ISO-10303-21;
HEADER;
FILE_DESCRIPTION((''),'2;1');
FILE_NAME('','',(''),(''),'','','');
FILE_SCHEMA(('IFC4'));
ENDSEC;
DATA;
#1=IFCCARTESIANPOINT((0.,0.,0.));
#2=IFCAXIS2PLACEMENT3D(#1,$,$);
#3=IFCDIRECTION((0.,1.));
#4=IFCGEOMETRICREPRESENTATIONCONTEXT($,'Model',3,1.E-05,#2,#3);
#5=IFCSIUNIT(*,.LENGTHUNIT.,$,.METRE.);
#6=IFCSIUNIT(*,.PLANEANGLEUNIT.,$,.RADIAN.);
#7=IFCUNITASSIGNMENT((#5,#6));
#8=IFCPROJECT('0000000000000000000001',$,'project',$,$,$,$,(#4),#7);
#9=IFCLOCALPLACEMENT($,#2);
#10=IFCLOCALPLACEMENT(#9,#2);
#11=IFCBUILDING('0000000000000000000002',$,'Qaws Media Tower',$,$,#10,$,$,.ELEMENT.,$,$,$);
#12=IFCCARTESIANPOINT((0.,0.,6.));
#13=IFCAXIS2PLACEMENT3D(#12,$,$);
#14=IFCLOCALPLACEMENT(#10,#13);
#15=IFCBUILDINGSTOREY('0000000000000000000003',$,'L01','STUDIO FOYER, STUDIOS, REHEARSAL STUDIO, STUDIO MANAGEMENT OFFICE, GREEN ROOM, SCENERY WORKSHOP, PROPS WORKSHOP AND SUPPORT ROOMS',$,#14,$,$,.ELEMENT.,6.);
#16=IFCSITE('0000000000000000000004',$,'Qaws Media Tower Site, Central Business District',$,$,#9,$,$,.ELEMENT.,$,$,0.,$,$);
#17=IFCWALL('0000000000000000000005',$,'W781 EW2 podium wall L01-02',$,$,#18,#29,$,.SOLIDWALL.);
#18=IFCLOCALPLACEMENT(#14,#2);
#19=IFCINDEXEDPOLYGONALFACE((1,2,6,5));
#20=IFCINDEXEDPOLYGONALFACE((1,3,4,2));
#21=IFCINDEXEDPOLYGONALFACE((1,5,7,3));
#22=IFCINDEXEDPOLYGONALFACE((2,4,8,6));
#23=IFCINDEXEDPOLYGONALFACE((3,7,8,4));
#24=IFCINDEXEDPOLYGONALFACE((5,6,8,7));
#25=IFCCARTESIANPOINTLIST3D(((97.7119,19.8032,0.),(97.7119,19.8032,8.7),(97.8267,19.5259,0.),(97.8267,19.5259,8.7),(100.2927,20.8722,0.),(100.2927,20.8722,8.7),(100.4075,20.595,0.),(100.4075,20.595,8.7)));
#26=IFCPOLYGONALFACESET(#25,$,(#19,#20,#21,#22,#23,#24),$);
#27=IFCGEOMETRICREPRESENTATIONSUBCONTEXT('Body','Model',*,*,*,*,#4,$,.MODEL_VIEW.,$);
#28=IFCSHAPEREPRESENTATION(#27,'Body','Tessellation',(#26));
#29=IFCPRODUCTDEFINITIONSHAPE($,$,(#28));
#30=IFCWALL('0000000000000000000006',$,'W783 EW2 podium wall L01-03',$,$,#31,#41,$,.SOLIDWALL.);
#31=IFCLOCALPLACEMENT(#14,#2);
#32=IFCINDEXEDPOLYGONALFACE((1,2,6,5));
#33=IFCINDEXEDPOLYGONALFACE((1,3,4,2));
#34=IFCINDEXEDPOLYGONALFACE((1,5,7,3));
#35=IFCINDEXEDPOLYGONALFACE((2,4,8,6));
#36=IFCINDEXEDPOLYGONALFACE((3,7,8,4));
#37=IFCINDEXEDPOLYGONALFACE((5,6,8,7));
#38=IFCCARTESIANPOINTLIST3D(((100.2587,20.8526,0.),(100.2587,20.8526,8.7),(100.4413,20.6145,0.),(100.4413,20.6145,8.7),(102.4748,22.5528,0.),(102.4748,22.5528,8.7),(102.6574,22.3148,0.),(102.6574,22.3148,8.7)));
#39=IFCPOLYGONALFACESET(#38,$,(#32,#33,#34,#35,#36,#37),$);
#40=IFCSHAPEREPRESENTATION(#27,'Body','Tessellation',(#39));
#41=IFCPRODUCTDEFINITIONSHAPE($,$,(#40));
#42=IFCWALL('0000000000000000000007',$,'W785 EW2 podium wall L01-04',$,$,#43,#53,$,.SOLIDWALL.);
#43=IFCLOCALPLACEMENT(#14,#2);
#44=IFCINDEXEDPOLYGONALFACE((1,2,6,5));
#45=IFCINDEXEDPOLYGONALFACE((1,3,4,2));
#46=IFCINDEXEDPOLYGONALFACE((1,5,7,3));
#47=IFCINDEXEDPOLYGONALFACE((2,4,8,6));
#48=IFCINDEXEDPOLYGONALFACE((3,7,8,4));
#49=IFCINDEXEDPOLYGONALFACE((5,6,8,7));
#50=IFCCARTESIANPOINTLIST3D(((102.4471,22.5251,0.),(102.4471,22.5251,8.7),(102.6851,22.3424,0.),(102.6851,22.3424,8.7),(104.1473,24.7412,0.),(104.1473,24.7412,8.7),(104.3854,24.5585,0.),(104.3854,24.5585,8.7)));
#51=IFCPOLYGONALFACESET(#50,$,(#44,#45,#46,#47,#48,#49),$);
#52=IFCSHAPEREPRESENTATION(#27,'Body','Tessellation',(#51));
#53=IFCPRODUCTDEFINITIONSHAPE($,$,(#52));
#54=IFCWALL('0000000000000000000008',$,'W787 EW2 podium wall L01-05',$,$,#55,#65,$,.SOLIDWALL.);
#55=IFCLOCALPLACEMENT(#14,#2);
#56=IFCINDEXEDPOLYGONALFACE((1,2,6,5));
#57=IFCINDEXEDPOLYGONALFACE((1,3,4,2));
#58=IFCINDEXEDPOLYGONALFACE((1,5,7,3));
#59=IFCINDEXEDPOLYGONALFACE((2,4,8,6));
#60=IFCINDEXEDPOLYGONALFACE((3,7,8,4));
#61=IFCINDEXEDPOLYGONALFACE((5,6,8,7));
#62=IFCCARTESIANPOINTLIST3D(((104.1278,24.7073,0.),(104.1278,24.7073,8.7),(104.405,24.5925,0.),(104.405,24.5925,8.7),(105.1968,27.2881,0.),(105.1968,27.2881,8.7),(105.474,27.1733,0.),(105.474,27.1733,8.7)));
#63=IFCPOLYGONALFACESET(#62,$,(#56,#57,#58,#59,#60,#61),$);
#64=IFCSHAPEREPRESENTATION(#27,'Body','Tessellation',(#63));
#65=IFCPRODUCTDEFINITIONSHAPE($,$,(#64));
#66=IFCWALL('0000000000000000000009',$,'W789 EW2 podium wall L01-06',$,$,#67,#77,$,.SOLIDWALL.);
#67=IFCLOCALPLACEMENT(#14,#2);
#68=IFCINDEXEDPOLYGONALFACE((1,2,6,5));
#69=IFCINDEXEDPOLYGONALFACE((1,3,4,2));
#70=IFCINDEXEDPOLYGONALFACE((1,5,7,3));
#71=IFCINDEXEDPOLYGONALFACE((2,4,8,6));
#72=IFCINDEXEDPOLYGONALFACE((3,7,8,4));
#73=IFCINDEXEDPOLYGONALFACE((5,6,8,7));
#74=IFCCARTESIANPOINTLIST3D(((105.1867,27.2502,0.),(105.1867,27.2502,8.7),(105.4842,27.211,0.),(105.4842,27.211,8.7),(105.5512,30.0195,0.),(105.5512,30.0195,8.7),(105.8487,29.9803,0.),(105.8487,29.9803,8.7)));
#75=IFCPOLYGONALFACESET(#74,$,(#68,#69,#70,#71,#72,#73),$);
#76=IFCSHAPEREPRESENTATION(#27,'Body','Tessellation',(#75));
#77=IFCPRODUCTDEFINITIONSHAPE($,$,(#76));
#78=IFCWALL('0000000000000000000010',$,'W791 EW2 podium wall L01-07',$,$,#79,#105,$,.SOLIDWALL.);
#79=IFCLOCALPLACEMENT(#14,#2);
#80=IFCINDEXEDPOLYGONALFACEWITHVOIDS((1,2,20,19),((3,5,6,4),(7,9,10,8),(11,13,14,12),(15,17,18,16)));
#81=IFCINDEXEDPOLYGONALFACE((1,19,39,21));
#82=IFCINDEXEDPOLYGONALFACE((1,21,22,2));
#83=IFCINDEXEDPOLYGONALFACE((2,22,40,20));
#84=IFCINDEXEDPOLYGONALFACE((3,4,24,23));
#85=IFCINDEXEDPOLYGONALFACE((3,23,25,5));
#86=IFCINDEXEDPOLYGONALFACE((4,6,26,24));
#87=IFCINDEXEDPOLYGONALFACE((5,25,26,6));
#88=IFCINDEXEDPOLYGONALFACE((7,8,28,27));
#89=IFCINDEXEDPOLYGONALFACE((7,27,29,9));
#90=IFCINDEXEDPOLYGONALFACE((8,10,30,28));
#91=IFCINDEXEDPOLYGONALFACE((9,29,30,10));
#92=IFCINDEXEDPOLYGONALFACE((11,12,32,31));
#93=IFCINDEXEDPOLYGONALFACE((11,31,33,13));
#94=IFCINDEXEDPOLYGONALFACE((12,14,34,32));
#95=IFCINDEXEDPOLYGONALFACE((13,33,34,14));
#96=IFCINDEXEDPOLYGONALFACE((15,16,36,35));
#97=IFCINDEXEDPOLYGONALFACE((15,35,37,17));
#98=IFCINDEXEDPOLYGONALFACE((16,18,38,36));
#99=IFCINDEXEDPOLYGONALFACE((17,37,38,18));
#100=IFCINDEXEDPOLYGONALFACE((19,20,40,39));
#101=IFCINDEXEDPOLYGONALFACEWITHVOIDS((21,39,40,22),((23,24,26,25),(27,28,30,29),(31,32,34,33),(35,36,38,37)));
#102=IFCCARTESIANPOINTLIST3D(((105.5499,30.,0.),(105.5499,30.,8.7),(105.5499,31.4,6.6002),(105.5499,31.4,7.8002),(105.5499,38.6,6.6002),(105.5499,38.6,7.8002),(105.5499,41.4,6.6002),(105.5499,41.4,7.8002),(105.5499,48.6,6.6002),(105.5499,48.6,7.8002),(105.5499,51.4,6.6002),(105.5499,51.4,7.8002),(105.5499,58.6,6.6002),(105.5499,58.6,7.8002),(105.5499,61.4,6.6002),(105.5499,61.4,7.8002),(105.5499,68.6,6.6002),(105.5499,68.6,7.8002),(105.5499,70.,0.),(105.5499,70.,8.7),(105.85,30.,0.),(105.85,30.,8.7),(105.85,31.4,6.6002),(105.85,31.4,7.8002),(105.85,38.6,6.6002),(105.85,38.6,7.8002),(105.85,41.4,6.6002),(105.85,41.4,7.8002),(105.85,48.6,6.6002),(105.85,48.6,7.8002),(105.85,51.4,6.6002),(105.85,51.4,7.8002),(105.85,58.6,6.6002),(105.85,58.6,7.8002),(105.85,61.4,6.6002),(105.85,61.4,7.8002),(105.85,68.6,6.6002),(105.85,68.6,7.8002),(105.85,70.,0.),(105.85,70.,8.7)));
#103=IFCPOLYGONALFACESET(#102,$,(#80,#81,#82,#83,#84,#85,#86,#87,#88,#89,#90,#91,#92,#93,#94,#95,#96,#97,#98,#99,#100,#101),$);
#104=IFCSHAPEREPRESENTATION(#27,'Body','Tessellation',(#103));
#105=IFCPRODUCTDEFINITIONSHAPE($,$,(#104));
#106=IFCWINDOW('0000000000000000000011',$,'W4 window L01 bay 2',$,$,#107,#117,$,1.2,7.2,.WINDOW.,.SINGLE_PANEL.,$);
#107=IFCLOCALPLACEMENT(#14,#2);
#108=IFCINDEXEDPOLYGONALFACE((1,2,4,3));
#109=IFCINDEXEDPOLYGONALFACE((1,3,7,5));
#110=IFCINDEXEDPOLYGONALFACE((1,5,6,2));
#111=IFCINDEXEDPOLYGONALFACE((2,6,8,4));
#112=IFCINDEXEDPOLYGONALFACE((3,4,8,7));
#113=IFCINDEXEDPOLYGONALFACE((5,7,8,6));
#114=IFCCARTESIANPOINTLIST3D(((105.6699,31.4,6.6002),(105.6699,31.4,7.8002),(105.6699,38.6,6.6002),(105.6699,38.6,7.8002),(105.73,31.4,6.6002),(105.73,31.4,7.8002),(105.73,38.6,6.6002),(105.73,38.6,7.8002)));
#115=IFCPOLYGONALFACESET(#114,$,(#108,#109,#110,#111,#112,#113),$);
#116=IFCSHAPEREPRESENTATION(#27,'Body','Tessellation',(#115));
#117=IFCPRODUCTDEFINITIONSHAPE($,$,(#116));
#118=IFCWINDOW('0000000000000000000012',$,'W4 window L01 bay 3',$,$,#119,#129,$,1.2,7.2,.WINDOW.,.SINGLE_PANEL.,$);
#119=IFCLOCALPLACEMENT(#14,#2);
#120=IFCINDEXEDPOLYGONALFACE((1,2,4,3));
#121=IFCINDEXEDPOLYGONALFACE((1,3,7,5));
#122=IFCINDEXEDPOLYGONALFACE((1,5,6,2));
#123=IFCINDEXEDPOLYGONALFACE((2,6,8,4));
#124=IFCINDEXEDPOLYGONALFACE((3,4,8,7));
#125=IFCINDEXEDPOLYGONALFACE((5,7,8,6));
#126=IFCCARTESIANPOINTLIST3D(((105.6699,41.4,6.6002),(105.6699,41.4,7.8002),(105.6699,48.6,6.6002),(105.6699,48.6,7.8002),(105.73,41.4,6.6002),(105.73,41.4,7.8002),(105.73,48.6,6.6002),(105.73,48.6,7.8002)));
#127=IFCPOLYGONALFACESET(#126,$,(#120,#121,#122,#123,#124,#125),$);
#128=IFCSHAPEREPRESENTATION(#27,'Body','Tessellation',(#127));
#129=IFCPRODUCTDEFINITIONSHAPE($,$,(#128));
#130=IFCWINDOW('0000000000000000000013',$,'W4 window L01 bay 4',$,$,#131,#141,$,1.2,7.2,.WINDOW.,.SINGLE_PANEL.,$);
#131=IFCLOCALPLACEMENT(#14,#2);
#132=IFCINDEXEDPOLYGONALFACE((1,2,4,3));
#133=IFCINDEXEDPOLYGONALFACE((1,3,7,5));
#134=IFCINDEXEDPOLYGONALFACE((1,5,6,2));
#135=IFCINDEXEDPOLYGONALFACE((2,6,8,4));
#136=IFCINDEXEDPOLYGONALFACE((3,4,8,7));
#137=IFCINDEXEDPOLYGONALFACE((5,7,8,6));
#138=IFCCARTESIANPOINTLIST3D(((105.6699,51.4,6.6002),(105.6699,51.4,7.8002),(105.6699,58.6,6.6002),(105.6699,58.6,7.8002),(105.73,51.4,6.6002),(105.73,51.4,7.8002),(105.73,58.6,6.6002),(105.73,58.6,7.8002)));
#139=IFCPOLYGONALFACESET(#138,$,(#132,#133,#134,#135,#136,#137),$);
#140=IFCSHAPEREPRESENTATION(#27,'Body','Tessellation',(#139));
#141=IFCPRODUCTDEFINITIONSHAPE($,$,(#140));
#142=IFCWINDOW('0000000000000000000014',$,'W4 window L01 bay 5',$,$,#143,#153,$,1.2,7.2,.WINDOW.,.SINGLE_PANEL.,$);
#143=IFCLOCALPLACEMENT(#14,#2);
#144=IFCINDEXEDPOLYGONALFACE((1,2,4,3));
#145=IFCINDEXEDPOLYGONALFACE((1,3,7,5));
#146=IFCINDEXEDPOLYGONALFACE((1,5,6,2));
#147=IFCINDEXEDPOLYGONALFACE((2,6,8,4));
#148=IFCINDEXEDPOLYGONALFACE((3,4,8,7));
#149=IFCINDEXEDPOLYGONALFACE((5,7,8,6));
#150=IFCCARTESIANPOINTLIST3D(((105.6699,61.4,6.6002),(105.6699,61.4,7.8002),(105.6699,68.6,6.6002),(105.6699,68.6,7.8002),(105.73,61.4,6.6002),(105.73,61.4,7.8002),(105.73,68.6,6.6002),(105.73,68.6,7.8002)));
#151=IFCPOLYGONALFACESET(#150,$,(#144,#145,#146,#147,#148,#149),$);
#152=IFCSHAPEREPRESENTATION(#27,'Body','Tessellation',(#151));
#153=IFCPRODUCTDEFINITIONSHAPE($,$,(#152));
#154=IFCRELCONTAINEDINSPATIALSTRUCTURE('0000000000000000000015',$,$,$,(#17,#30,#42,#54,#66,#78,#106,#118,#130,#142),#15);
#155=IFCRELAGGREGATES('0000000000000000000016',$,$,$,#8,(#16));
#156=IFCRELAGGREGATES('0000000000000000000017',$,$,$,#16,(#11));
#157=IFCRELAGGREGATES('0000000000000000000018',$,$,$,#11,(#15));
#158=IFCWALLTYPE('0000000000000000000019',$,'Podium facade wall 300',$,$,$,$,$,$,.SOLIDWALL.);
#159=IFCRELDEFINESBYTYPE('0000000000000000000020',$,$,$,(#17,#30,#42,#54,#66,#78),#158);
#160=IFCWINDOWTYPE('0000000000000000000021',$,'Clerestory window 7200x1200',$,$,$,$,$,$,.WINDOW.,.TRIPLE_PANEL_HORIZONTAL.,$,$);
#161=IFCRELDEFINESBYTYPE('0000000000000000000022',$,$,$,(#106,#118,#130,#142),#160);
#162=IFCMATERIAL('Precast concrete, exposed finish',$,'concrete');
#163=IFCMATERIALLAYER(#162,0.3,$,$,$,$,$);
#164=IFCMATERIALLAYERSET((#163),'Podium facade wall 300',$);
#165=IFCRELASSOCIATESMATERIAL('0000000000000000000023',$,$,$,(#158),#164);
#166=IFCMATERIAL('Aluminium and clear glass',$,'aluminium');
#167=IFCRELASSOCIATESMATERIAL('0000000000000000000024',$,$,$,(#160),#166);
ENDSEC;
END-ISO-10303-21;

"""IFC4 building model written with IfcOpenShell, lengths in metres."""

from ifc_helpers import new_model, si_unit, direction, frame, frame_2d, origin, place, context, subcontext, project, spatial, rectangle, extrude, material, layer, layer_set, type_object, element, fill, save


model = new_model("IFC4")

# Units and contexts
model_context = context("Model", 3, precision=1e-05, world=origin(), true_north=direction((0.0, 1.0)))
body_context = subcontext(model_context, "Body", "Model", "MODEL_VIEW")
ifc_project = project(units=[si_unit("LENGTHUNIT", "METRE"), si_unit("PLANEANGLEUNIT", "RADIAN")], contexts=[model_context])

# Site, building, storey
site_placement = place(None, origin())
site = spatial("IfcSite", under=ifc_project, at=site_placement, Name="Qaws Media Tower Site, Central Business District", CompositionType="ELEMENT", RefElevation=0.0)
building_placement = place(site_placement, origin())
building = spatial("IfcBuilding", under=site, at=building_placement, Name="Qaws Media Tower", CompositionType="ELEMENT")
storey_placement = place(building_placement, frame((0.0, 0.0, 6.0)))
storey = spatial("IfcBuildingStorey", under=building, at=storey_placement, Name="L01", Description="STUDIO FOYER, STUDIOS, REHEARSAL STUDIO, STUDIO MANAGEMENT OFFICE, GREEN ROOM, SCENERY WORKSHOP, PROPS WORKSHOP AND SUPPORT ROOMS", CompositionType="ELEMENT", Elevation=6.0)

# Walls
ifc_material_1 = material(Name="Precast concrete, exposed finish", Category="concrete")
ifc_layer = layer(ifc_material_1, 0.3)
ifc_layer_set = layer_set([ifc_layer], Name="Podium facade wall 300")
wall_type = type_object("IfcWallType", Name="Podium facade wall 300", PredefinedType="SOLIDWALL", material=ifc_layer_set)
wall_1_placement = place(storey_placement, frame((97.7693, 19.6646, 0.0), z_axis=(0.0, 0.0, 1.0), x_axis=(0.923869, 0.382709, 0.0)))
element("IfcWall", 1, at=wall_1_placement, inside=storey, type_object=wall_type, Name="W781 EW2 podium wall L01-02", PredefinedType="SOLIDWALL", context=body_context, shape_type="SweptSolid", body=[
    extrude(rectangle(XDim=2.7935, YDim=0.3, at=frame_2d((1.3967, 0.0))), origin(), (0.0, 0.0, 1.0), 8.7),
])
for number, where, z_axis, x_axis, name in (
    (2, (100.3501, 20.7336, 0.0), (0.0, 0.0, 1.0), (0.793397, 0.608705, 0.0), "W783 EW2 podium wall L01-03"),
    (3, (102.5662, 22.4338, 0.0), (0.0, 0.0, 1.0), (0.608705, 0.793397, 0.0), "W785 EW2 podium wall L01-04"),
):
    element("IfcWall", number, at=place(storey_placement, frame(where, z_axis=z_axis, x_axis=x_axis)), inside=storey, type_object=wall_type, Name=name, PredefinedType="SOLIDWALL", context=body_context, shape_type="SweptSolid", body=[
        extrude(rectangle(XDim=2.7932, YDim=0.3, at=frame_2d((1.3965, 0.0))), origin(), (0.0, 0.0, 1.0), 8.7),
    ])
wall_2_placement = place(storey_placement, frame((104.2664, 24.6499, 0.0), z_axis=(0.0, 0.0, 1.0), x_axis=(0.382709, 0.923869, 0.0)))
element("IfcWall", 4, at=wall_2_placement, inside=storey, type_object=wall_type, Name="W787 EW2 podium wall L01-05", PredefinedType="SOLIDWALL", context=body_context, shape_type="SweptSolid", body=[
    extrude(rectangle(XDim=2.7935, YDim=0.3, at=frame_2d((1.3967, 0.0))), origin(), (0.0, 0.0, 1.0), 8.7),
])
wall_3_placement = place(storey_placement, frame((105.3354, 27.2307, 0.0), z_axis=(0.0, 0.0, 1.0), x_axis=(0.130497, 0.991449, 0.0)))
element("IfcWall", 5, at=wall_3_placement, inside=storey, type_object=wall_type, Name="W789 EW2 podium wall L01-06", PredefinedType="SOLIDWALL", context=body_context, shape_type="SweptSolid", body=[
    extrude(rectangle(XDim=2.7932, YDim=0.3, at=frame_2d((1.3965, 0.0))), origin(), (0.0, 0.0, 1.0), 8.7),
])

# Wall, openings, windows
wall_4_placement = place(storey_placement, frame((105.7, 30.0, 0.0), z_axis=(0.0, 0.0, 1.0), x_axis=(0.0, 1.0, 0.0)))
wall_4 = element("IfcWall", 6, at=wall_4_placement, inside=storey, type_object=wall_type, Name="W791 EW2 podium wall L01-07", PredefinedType="SOLIDWALL", context=body_context, shape_type="SweptSolid", body=[
    extrude(rectangle(XDim=40.0, YDim=0.3, at=frame_2d((20.0, 0.0))), origin(), (0.0, 0.0, 1.0), 8.7),
])
opening_1_placement = place(wall_4_placement, frame((1.3999, 0.0, 6.6001)))
opening_1 = element("IfcOpeningElement", 7, at=opening_1_placement, cuts=wall_4, PredefinedType="OPENING", context=body_context, shape_type="SweptSolid", body=[
    extrude(rectangle(XDim=7.2, YDim=1.2, at=frame_2d((3.6001, 0.6001))), frame((0.0, 0.1599, 0.0), z_axis=(0.0, -1.0, 0.0), x_axis=(1.0, 0.0, 0.0)), (0.0, 0.0, 1.0), 0.3201),
])
opening_2_placement = place(wall_4_placement, frame((11.3999, 0.0, 6.6001)))
opening_2 = element("IfcOpeningElement", 8, at=opening_2_placement, cuts=wall_4, PredefinedType="OPENING", context=body_context, shape_type="SweptSolid", body=[
    extrude(rectangle(XDim=7.2, YDim=1.2, at=frame_2d((3.6001, 0.6001))), frame((0.0, 0.1599, 0.0), z_axis=(0.0, -1.0, 0.0), x_axis=(1.0, 0.0, 0.0)), (0.0, 0.0, 1.0), 0.3201),
])
opening_3_placement = place(wall_4_placement, frame((21.3999, 0.0, 6.6001)))
opening_3 = element("IfcOpeningElement", 9, at=opening_3_placement, cuts=wall_4, PredefinedType="OPENING", context=body_context, shape_type="SweptSolid", body=[
    extrude(rectangle(XDim=7.2, YDim=1.2, at=frame_2d((3.6001, 0.6001))), frame((0.0, 0.1599, 0.0), z_axis=(0.0, -1.0, 0.0), x_axis=(1.0, 0.0, 0.0)), (0.0, 0.0, 1.0), 0.3201),
])
opening_4_placement = place(wall_4_placement, frame((31.3999, 0.0, 6.6001)))
opening_4 = element("IfcOpeningElement", 10, at=opening_4_placement, cuts=wall_4, PredefinedType="OPENING", context=body_context, shape_type="SweptSolid", body=[
    extrude(rectangle(XDim=7.2, YDim=1.2, at=frame_2d((3.6001, 0.6001))), frame((0.0, 0.1599, 0.0), z_axis=(0.0, -1.0, 0.0), x_axis=(1.0, 0.0, 0.0)), (0.0, 0.0, 1.0), 0.3201),
])
ifc_material_2 = material(Name="Aluminium and clear glass", Category="aluminium")
window_type = type_object("IfcWindowType", Name="Clerestory window 7200x1200", PartitioningType="TRIPLE_PANEL_HORIZONTAL", PredefinedType="WINDOW", material=ifc_material_2)
window_1_placement = place(opening_1_placement, origin())
window_1 = element("IfcWindow", 11, at=window_1_placement, inside=storey, type_object=window_type, Name="W4 window L01 bay 2", OverallHeight=1.2, OverallWidth=7.2, PartitioningType="SINGLE_PANEL", PredefinedType="WINDOW", context=body_context, shape_type="SweptSolid", body=[
    extrude(rectangle(XDim=7.2, YDim=1.2, at=frame_2d((3.6001, 0.6001))), frame((0.0, 0.03, 0.0), z_axis=(0.0, -1.0, 0.0), x_axis=(1.0, 0.0, 0.0)), (0.0, 0.0, 1.0), 0.0601),
])
fill(opening_1, window_1)
window_2_placement = place(opening_2_placement, origin())
window_2 = element("IfcWindow", 12, at=window_2_placement, inside=storey, type_object=window_type, Name="W4 window L01 bay 3", OverallHeight=1.2, OverallWidth=7.2, PartitioningType="SINGLE_PANEL", PredefinedType="WINDOW", context=body_context, shape_type="SweptSolid", body=[
    extrude(rectangle(XDim=7.2, YDim=1.2, at=frame_2d((3.6001, 0.6001))), frame((0.0, 0.03, 0.0), z_axis=(0.0, -1.0, 0.0), x_axis=(1.0, 0.0, 0.0)), (0.0, 0.0, 1.0), 0.0601),
])
fill(opening_2, window_2)
window_3_placement = place(opening_3_placement, origin())
window_3 = element("IfcWindow", 13, at=window_3_placement, inside=storey, type_object=window_type, Name="W4 window L01 bay 4", OverallHeight=1.2, OverallWidth=7.2, PartitioningType="SINGLE_PANEL", PredefinedType="WINDOW", context=body_context, shape_type="SweptSolid", body=[
    extrude(rectangle(XDim=7.2, YDim=1.2, at=frame_2d((3.6001, 0.6001))), frame((0.0, 0.03, 0.0), z_axis=(0.0, -1.0, 0.0), x_axis=(1.0, 0.0, 0.0)), (0.0, 0.0, 1.0), 0.0601),
])
fill(opening_3, window_3)
window_4_placement = place(opening_4_placement, origin())
window_4 = element("IfcWindow", 14, at=window_4_placement, inside=storey, type_object=window_type, Name="W4 window L01 bay 5", OverallHeight=1.2, OverallWidth=7.2, PartitioningType="SINGLE_PANEL", PredefinedType="WINDOW", context=body_context, shape_type="SweptSolid", body=[
    extrude(rectangle(XDim=7.2, YDim=1.2, at=frame_2d((3.6001, 0.6001))), frame((0.0, 0.03, 0.0), z_axis=(0.0, -1.0, 0.0), x_axis=(1.0, 0.0, 0.0)), (0.0, 0.0, 1.0), 0.0601),
])
fill(opening_4, window_4)

save(model, "model.ifc")
